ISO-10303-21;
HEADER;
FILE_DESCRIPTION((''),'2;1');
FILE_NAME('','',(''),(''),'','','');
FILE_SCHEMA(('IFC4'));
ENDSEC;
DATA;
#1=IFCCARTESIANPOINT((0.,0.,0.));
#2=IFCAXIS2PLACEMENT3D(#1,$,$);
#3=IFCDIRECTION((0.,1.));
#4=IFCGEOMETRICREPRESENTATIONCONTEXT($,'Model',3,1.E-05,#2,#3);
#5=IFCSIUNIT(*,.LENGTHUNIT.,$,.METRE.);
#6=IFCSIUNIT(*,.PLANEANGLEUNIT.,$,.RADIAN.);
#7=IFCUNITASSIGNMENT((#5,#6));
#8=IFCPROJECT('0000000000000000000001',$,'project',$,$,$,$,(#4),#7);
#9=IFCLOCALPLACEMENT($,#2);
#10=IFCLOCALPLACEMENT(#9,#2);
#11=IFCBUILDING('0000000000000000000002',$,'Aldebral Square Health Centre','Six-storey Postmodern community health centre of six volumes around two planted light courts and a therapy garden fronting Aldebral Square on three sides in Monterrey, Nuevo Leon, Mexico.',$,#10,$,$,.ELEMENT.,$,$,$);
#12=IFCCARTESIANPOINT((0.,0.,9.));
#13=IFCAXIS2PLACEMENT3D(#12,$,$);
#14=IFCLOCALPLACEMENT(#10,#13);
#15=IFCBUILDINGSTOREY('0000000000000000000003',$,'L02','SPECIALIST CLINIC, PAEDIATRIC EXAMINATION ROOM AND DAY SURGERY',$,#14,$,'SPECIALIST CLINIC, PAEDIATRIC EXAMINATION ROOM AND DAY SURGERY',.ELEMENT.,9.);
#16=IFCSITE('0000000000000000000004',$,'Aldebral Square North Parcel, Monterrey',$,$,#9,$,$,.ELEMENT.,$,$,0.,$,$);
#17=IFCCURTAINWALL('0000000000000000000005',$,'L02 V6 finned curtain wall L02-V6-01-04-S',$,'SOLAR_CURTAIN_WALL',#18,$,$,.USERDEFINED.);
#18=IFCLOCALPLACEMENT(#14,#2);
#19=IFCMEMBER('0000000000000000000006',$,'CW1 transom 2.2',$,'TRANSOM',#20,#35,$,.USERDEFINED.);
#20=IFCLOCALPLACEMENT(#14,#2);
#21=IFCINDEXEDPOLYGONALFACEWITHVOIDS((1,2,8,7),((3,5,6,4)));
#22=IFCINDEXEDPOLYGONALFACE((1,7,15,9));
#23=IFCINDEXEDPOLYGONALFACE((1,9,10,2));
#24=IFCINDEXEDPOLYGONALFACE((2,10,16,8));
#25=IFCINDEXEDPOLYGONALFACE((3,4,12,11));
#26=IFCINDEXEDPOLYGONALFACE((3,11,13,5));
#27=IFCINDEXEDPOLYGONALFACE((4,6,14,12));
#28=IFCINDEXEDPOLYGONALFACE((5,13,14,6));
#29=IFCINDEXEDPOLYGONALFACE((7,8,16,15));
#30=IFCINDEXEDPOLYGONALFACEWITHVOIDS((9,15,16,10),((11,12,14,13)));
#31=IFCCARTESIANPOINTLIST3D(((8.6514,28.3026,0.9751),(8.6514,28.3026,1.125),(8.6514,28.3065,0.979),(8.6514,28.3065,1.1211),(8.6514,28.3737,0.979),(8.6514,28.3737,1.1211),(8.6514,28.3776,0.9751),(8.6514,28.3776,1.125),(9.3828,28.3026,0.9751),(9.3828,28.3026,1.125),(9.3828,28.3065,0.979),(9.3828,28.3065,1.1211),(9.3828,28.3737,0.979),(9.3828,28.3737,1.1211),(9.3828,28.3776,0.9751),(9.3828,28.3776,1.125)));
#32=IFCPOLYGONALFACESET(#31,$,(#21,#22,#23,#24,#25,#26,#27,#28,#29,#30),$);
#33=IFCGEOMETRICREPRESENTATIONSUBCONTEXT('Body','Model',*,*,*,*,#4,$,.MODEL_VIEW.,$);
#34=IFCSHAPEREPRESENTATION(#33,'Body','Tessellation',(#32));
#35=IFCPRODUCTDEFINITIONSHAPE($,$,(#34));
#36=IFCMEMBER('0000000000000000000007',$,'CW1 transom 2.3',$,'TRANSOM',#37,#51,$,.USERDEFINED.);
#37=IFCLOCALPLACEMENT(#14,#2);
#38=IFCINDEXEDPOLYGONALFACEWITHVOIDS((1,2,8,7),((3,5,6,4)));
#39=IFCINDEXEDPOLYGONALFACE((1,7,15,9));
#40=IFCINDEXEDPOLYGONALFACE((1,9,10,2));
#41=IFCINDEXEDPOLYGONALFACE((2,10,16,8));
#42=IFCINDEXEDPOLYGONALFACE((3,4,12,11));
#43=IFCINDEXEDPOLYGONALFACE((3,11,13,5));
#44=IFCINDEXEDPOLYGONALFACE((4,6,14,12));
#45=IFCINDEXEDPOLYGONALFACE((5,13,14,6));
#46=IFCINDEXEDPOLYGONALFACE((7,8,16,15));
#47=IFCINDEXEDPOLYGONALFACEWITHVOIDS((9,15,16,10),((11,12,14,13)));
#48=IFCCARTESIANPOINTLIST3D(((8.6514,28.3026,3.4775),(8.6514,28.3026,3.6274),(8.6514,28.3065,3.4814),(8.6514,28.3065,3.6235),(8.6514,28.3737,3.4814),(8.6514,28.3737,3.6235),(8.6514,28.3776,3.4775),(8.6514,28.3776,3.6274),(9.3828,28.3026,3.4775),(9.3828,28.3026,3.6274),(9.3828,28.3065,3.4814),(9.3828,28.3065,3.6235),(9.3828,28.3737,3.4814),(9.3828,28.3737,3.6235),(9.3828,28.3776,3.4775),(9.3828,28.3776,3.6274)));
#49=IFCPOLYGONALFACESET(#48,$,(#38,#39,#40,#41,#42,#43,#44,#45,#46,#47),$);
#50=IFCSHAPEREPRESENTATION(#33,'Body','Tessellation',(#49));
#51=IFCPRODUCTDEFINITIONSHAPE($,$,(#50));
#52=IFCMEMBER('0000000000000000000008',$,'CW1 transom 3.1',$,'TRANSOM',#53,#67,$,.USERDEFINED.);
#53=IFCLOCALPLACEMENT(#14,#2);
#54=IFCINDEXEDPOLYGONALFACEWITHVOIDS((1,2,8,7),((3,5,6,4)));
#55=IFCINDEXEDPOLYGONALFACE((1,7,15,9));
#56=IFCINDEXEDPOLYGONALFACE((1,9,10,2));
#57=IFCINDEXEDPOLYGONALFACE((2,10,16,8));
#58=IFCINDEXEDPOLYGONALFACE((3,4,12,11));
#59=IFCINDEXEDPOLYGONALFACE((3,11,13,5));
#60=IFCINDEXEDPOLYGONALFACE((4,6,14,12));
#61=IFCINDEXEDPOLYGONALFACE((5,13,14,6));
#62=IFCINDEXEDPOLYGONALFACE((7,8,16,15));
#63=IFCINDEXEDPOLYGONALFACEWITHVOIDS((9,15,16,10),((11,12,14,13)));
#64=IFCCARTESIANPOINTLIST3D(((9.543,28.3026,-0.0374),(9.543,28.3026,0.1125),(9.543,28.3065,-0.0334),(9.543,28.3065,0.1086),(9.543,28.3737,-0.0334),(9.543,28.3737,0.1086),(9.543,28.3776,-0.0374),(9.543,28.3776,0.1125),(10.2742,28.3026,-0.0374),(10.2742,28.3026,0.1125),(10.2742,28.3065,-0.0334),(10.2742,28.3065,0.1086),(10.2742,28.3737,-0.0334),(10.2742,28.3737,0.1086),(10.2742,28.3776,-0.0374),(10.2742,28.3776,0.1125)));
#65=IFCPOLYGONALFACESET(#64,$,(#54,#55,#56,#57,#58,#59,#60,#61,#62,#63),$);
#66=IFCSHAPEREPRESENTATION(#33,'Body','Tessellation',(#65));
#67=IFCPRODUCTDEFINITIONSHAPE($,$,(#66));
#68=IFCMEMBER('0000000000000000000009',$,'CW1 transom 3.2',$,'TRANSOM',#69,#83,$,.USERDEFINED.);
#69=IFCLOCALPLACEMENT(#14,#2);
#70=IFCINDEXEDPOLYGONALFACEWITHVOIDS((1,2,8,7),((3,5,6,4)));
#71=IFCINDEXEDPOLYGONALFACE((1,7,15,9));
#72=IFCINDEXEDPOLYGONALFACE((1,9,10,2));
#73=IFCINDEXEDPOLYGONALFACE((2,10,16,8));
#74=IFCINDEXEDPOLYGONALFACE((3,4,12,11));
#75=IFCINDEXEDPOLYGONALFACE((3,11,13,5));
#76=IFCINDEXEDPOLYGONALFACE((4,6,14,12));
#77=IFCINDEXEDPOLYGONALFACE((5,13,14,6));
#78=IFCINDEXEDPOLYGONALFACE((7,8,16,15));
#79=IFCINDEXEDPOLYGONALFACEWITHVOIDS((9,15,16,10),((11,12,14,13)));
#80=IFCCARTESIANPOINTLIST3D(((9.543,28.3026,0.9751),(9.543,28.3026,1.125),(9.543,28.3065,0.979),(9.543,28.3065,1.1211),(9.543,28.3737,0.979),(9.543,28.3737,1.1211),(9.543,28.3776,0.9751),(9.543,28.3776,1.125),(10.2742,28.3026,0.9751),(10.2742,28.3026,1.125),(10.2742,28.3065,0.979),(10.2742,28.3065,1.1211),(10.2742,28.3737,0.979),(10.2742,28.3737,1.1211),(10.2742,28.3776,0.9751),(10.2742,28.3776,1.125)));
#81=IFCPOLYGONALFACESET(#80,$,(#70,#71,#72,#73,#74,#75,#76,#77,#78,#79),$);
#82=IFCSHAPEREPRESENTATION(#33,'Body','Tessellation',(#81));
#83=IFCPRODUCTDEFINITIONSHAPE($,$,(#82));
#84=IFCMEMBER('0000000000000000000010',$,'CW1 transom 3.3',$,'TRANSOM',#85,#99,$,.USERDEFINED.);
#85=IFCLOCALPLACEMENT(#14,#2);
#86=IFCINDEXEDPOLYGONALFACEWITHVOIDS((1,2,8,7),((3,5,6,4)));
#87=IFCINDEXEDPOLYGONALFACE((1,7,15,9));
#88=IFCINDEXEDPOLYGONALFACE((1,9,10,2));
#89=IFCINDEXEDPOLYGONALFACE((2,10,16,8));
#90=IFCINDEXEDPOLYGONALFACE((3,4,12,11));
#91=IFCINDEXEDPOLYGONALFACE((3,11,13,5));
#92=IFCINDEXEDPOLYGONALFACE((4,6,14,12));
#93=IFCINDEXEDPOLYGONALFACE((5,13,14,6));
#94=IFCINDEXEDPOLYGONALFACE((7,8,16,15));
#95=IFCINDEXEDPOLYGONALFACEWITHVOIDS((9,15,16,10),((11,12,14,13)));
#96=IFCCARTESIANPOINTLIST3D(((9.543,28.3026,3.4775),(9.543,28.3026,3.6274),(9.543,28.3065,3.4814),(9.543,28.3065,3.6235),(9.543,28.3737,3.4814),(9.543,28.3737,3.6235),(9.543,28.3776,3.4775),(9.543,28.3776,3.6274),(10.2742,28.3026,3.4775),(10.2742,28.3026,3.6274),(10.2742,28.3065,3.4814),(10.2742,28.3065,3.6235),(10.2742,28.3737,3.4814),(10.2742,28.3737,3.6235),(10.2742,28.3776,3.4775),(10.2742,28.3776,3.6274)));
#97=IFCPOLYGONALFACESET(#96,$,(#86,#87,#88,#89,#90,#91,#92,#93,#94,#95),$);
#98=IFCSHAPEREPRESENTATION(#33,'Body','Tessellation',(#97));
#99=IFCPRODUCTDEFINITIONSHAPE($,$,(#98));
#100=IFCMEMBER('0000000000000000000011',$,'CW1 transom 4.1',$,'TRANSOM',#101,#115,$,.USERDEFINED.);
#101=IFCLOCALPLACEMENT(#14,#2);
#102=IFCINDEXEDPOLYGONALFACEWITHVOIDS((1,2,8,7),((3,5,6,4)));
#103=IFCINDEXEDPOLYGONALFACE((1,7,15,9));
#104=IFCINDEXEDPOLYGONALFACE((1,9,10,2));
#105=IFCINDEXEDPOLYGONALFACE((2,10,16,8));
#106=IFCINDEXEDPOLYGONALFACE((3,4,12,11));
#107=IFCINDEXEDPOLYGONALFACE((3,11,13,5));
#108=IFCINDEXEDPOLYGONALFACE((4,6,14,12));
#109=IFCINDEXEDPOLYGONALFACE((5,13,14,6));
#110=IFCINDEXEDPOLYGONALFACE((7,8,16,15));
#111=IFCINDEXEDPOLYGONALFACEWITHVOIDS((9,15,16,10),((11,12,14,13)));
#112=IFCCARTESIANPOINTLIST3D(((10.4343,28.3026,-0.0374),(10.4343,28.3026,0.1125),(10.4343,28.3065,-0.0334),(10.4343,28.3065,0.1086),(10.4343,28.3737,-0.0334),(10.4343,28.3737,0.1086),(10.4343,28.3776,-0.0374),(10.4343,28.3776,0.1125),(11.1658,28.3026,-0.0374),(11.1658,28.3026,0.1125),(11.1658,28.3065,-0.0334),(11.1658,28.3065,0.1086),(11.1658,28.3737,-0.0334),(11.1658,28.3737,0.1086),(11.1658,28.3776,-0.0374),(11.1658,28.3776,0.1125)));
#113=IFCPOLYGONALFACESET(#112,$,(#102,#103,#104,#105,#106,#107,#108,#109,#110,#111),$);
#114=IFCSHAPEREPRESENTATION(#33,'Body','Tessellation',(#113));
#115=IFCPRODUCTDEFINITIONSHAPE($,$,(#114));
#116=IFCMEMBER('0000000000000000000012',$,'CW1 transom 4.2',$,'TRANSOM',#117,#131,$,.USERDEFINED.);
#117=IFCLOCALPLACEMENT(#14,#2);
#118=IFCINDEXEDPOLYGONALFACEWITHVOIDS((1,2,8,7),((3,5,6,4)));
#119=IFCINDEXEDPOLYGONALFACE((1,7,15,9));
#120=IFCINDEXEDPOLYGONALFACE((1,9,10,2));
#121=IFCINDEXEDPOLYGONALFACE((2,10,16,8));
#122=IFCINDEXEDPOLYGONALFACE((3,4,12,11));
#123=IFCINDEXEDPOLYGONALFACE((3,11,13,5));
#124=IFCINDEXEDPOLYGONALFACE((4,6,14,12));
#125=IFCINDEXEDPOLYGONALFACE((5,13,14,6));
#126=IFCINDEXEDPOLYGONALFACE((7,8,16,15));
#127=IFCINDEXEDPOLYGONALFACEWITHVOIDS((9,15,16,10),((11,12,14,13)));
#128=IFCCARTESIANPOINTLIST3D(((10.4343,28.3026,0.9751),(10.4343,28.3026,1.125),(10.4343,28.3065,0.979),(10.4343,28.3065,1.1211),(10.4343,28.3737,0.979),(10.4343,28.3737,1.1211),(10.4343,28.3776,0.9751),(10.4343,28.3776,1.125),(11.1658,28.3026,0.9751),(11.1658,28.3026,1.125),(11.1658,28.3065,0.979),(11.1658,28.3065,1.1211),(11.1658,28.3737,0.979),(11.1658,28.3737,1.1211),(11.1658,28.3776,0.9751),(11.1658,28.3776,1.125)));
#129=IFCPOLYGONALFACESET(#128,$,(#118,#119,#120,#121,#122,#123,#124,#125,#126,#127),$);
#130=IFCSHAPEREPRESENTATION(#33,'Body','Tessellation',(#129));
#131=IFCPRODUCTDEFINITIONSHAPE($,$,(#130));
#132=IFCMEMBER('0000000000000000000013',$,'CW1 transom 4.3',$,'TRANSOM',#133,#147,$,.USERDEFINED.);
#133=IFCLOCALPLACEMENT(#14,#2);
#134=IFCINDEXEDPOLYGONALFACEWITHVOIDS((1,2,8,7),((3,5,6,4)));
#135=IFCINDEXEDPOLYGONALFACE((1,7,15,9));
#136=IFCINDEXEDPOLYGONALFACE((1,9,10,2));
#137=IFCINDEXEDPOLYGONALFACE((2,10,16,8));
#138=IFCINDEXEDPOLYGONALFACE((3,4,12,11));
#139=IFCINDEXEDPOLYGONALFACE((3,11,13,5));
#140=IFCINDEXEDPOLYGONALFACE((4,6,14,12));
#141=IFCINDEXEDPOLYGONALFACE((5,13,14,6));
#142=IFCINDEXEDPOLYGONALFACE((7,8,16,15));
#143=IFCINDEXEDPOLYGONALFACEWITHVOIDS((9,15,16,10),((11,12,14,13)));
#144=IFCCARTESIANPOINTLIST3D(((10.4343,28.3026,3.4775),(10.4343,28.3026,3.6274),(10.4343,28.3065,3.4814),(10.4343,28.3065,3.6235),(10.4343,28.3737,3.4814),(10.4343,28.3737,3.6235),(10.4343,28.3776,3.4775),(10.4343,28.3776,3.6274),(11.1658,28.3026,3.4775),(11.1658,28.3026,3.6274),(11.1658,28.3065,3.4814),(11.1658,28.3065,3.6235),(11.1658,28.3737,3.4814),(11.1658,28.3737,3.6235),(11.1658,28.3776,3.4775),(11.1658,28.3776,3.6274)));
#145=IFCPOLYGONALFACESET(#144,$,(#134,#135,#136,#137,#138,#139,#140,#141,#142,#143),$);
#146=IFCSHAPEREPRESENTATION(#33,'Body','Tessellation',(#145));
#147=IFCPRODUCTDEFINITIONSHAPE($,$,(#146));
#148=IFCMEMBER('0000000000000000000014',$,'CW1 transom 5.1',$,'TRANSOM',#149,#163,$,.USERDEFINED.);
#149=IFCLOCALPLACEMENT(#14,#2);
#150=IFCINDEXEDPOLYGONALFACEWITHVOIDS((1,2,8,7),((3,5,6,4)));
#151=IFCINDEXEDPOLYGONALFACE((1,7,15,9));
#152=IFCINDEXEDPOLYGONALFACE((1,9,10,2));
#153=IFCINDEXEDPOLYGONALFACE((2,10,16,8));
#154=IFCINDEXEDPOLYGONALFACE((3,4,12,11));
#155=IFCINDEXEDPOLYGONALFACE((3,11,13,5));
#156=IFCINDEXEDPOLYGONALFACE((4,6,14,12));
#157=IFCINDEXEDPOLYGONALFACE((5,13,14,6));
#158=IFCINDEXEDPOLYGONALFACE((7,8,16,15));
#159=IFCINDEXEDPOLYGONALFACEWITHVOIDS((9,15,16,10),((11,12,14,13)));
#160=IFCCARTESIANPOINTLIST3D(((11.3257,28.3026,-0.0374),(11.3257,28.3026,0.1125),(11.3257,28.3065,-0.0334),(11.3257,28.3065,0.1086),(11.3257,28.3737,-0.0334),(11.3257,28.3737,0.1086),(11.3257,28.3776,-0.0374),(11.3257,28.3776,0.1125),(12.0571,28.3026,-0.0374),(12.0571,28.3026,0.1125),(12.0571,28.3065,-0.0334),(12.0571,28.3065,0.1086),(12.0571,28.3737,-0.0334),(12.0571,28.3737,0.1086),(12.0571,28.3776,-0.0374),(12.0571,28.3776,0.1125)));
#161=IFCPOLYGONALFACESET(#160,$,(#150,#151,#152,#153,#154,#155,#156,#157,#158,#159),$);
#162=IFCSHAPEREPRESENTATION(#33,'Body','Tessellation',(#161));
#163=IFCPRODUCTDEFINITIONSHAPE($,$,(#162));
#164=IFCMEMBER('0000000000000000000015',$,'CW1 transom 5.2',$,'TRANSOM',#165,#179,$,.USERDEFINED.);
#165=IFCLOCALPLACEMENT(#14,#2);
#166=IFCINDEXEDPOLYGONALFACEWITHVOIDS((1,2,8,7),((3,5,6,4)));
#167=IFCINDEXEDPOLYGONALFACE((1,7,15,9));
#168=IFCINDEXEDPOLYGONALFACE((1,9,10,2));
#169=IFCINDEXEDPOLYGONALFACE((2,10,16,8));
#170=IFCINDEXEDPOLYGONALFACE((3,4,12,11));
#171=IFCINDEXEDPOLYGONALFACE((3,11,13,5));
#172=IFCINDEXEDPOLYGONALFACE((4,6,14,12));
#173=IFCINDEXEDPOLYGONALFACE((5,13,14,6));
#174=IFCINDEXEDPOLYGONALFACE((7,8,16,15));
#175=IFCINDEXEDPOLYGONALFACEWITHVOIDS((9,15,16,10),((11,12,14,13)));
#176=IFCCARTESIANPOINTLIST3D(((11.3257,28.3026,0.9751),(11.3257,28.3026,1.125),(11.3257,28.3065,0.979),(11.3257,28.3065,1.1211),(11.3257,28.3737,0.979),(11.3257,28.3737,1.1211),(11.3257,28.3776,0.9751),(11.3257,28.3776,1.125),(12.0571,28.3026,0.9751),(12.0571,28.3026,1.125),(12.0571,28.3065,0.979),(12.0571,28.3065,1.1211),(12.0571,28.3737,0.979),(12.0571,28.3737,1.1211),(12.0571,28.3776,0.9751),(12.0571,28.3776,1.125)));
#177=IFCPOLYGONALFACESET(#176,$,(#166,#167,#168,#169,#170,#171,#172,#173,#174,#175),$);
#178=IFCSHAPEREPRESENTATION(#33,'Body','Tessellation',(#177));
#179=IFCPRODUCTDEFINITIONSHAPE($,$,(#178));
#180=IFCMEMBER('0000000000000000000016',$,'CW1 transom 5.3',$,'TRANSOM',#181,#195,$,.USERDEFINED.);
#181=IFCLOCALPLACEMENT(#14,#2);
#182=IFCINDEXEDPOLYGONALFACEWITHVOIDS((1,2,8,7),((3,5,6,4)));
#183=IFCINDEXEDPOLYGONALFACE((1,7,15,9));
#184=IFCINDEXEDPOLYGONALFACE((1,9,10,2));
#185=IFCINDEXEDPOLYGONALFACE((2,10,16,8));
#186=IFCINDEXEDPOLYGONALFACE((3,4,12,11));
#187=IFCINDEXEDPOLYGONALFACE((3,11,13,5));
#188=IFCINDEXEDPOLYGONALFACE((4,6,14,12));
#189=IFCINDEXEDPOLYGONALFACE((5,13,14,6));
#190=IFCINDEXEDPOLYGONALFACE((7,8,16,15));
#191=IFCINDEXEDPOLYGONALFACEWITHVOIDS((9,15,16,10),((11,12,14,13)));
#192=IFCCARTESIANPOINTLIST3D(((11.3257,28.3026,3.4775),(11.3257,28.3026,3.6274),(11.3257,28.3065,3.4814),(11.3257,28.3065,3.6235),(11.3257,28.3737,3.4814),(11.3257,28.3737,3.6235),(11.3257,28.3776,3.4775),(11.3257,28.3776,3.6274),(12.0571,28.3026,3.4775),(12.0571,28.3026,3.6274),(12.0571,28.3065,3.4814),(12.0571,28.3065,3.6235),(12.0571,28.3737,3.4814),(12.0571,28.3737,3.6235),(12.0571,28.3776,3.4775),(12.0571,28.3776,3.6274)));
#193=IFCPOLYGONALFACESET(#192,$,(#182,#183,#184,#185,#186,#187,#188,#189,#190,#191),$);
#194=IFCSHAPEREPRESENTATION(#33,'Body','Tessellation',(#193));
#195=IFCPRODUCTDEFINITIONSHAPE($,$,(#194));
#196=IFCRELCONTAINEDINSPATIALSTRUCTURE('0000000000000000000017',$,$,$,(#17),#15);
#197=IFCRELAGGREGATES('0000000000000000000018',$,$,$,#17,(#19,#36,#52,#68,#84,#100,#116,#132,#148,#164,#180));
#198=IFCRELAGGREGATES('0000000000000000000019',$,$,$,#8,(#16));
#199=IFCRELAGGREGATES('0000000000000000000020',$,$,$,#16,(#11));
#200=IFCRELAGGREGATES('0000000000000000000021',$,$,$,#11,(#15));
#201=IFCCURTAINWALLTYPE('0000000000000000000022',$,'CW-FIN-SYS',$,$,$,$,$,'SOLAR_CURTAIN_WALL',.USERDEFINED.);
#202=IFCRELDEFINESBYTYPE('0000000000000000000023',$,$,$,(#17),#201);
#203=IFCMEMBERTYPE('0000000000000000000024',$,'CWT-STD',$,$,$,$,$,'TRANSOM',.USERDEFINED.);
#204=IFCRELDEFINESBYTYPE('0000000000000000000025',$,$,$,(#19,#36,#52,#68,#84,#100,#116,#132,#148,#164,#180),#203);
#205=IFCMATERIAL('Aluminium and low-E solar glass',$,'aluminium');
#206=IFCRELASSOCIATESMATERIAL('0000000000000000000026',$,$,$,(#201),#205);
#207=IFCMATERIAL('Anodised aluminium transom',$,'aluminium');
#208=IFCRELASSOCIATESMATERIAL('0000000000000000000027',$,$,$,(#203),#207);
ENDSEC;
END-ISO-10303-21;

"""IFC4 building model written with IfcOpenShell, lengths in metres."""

from ifc_helpers import new_model, si_unit, direction, frame, origin, origin_2d, place, context, subcontext, project, spatial, hollow_rectangle, extrude, material, material_profile, profile_set, type_object, element, aggregate, save


model = new_model("IFC4")

# Units and contexts
model_context = context("Model", 3, precision=1e-05, world=origin(), true_north=direction((0.0, 1.0)))
body_context = subcontext(model_context, "Body", "Model", "MODEL_VIEW")
ifc_project = project(units=[si_unit("LENGTHUNIT", "METRE"), si_unit("PLANEANGLEUNIT", "RADIAN")], contexts=[model_context])

# Site, building, storey
site_placement = place(None, origin())
site = spatial("IfcSite", under=ifc_project, at=site_placement, Name="Aldebral Square North Parcel, Monterrey", CompositionType="ELEMENT", RefElevation=0.0)
building_placement = place(site_placement, origin())
building = spatial("IfcBuilding", under=site, at=building_placement, Name="Aldebral Square Health Centre", Description="Six-storey Postmodern community health centre of six volumes around two planted light courts and a therapy garden fronting Aldebral Square on three sides in Monterrey, Nuevo Leon, Mexico.", CompositionType="ELEMENT")
storey_placement = place(building_placement, frame((0.0, 0.0, 9.0)))
storey = spatial("IfcBuildingStorey", under=building, at=storey_placement, Name="L02", Description="SPECIALIST CLINIC, PAEDIATRIC EXAMINATION ROOM AND DAY SURGERY", LongName="SPECIALIST CLINIC, PAEDIATRIC EXAMINATION ROOM AND DAY SURGERY", CompositionType="ELEMENT", Elevation=9.0)

# Shared definitions
ifc_material_1 = material(Name="Aluminium and low-E solar glass", Category="aluminium")
curtain_wall_type = type_object("IfcCurtainWallType", Name="CW-FIN-SYS", ElementType="SOLAR_CURTAIN_WALL", PredefinedType="USERDEFINED", material=ifc_material_1)

# Curtain wall, members
curtain_wall_1_placement = place(storey_placement, origin())
curtain_wall_1 = element("IfcCurtainWall", 1, at=curtain_wall_1_placement, inside=storey, type_object=curtain_wall_type, Name="L02 V6 finned curtain wall L02-V6-01-04-S", ObjectType="SOLAR_CURTAIN_WALL", PredefinedType="USERDEFINED")
ifc_material_2 = material(Name="Anodised aluminium transom", Category="aluminium")
ifc_material_profile_1 = material_profile(ifc_material_2, hollow_rectangle(XDim=0.075, YDim=0.1499, WallThickness=0.0039, at=origin_2d()), Name="CWT 75x150x4")
ifc_profile_set_1 = profile_set([ifc_material_profile_1], Name="Anodised aluminium transom")
member_type_1 = type_object("IfcMemberType", Name="CWT-STD", ElementType="TRANSOM", PredefinedType="USERDEFINED", material=ifc_profile_set_1)
member_1_placement = place(storey_placement, frame((8.6514, 28.3401, 1.05), z_axis=(1.0, 0.0, 0.0), x_axis=(0.0, 1.0, 0.0)))
member_1 = element("IfcMember", 2, at=member_1_placement, type_object=member_type_1, Name="CW1 transom 2.2", ObjectType="TRANSOM", PredefinedType="USERDEFINED", context=body_context, shape_type="SweptSolid", body=[
    extrude(hollow_rectangle(XDim=0.075, YDim=0.1499, WallThickness=0.0039, at=origin_2d()), origin(), (0.0, 0.0, 1.0), 0.7314),
])
member_2_placement = place(storey_placement, frame((8.6514, 28.3401, 3.5525), z_axis=(1.0, 0.0, 0.0), x_axis=(0.0, 1.0, 0.0)))
member_2 = element("IfcMember", 3, at=member_2_placement, type_object=member_type_1, Name="CW1 transom 2.3", ObjectType="TRANSOM", PredefinedType="USERDEFINED", context=body_context, shape_type="SweptSolid", body=[
    extrude(hollow_rectangle(XDim=0.075, YDim=0.1499, WallThickness=0.0039, at=origin_2d()), origin(), (0.0, 0.0, 1.0), 0.7314),
])
member_3_placement = place(storey_placement, frame((9.543, 28.3401, 0.0376), z_axis=(1.0, 0.0, 0.0), x_axis=(0.0, 1.0, 0.0)))
member_3 = element("IfcMember", 4, at=member_3_placement, type_object=member_type_1, Name="CW1 transom 3.1", ObjectType="TRANSOM", PredefinedType="USERDEFINED", context=body_context, shape_type="SweptSolid", body=[
    extrude(hollow_rectangle(XDim=0.075, YDim=0.1499, WallThickness=0.0039, at=origin_2d()), origin(), (0.0, 0.0, 1.0), 0.7312),
])
member_4_placement = place(storey_placement, frame((9.543, 28.3401, 1.05), z_axis=(1.0, 0.0, 0.0), x_axis=(0.0, 1.0, 0.0)))
member_4 = element("IfcMember", 5, at=member_4_placement, type_object=member_type_1, Name="CW1 transom 3.2", ObjectType="TRANSOM", PredefinedType="USERDEFINED", context=body_context, shape_type="SweptSolid", body=[
    extrude(hollow_rectangle(XDim=0.075, YDim=0.1499, WallThickness=0.0039, at=origin_2d()), origin(), (0.0, 0.0, 1.0), 0.7312),
])
member_5_placement = place(storey_placement, frame((9.543, 28.3401, 3.5525), z_axis=(1.0, 0.0, 0.0), x_axis=(0.0, 1.0, 0.0)))
member_5 = element("IfcMember", 6, at=member_5_placement, type_object=member_type_1, Name="CW1 transom 3.3", ObjectType="TRANSOM", PredefinedType="USERDEFINED", context=body_context, shape_type="SweptSolid", body=[
    extrude(hollow_rectangle(XDim=0.075, YDim=0.1499, WallThickness=0.0039, at=origin_2d()), origin(), (0.0, 0.0, 1.0), 0.7312),
])
member_6_placement = place(storey_placement, frame((10.4343, 28.3401, 0.0376), z_axis=(1.0, 0.0, 0.0), x_axis=(0.0, 1.0, 0.0)))
member_6 = element("IfcMember", 7, at=member_6_placement, type_object=member_type_1, Name="CW1 transom 4.1", ObjectType="TRANSOM", PredefinedType="USERDEFINED", context=body_context, shape_type="SweptSolid", body=[
    extrude(hollow_rectangle(XDim=0.075, YDim=0.1499, WallThickness=0.0039, at=origin_2d()), origin(), (0.0, 0.0, 1.0), 0.7314),
])
member_7_placement = place(storey_placement, frame((10.4343, 28.3401, 1.05), z_axis=(1.0, 0.0, 0.0), x_axis=(0.0, 1.0, 0.0)))
member_7 = element("IfcMember", 8, at=member_7_placement, type_object=member_type_1, Name="CW1 transom 4.2", ObjectType="TRANSOM", PredefinedType="USERDEFINED", context=body_context, shape_type="SweptSolid", body=[
    extrude(hollow_rectangle(XDim=0.075, YDim=0.1499, WallThickness=0.0039, at=origin_2d()), origin(), (0.0, 0.0, 1.0), 0.7314),
])
member_8_placement = place(storey_placement, frame((10.4343, 28.3401, 3.5525), z_axis=(1.0, 0.0, 0.0), x_axis=(0.0, 1.0, 0.0)))
member_8 = element("IfcMember", 9, at=member_8_placement, type_object=member_type_1, Name="CW1 transom 4.3", ObjectType="TRANSOM", PredefinedType="USERDEFINED", context=body_context, shape_type="SweptSolid", body=[
    extrude(hollow_rectangle(XDim=0.075, YDim=0.1499, WallThickness=0.0039, at=origin_2d()), origin(), (0.0, 0.0, 1.0), 0.7314),
])
member_9_placement = place(storey_placement, frame((11.3257, 28.3401, 0.0376), z_axis=(1.0, 0.0, 0.0), x_axis=(0.0, 1.0, 0.0)))
member_9 = element("IfcMember", 10, at=member_9_placement, type_object=member_type_1, Name="CW1 transom 5.1", ObjectType="TRANSOM", PredefinedType="USERDEFINED", context=body_context, shape_type="SweptSolid", body=[
    extrude(hollow_rectangle(XDim=0.075, YDim=0.1499, WallThickness=0.0039, at=origin_2d()), origin(), (0.0, 0.0, 1.0), 0.7314),
])
member_10_placement = place(storey_placement, frame((11.3257, 28.3401, 1.05), z_axis=(1.0, 0.0, 0.0), x_axis=(0.0, 1.0, 0.0)))
member_10 = element("IfcMember", 11, at=member_10_placement, type_object=member_type_1, Name="CW1 transom 5.2", ObjectType="TRANSOM", PredefinedType="USERDEFINED", context=body_context, shape_type="SweptSolid", body=[
    extrude(hollow_rectangle(XDim=0.075, YDim=0.1499, WallThickness=0.0039, at=origin_2d()), origin(), (0.0, 0.0, 1.0), 0.7314),
])
member_11_placement = place(storey_placement, frame((11.3257, 28.3401, 3.5525), z_axis=(1.0, 0.0, 0.0), x_axis=(0.0, 1.0, 0.0)))
member_11 = element("IfcMember", 12, at=member_11_placement, type_object=member_type_1, Name="CW1 transom 5.3", ObjectType="TRANSOM", PredefinedType="USERDEFINED", context=body_context, shape_type="SweptSolid", body=[
    extrude(hollow_rectangle(XDim=0.075, YDim=0.1499, WallThickness=0.0039, at=origin_2d()), origin(), (0.0, 0.0, 1.0), 0.7314),
])
aggregate(curtain_wall_1, [member_1, member_2, member_3, member_4, member_5, member_6, member_7, member_8, member_9, member_10, member_11])

save(model, "model.ifc")
